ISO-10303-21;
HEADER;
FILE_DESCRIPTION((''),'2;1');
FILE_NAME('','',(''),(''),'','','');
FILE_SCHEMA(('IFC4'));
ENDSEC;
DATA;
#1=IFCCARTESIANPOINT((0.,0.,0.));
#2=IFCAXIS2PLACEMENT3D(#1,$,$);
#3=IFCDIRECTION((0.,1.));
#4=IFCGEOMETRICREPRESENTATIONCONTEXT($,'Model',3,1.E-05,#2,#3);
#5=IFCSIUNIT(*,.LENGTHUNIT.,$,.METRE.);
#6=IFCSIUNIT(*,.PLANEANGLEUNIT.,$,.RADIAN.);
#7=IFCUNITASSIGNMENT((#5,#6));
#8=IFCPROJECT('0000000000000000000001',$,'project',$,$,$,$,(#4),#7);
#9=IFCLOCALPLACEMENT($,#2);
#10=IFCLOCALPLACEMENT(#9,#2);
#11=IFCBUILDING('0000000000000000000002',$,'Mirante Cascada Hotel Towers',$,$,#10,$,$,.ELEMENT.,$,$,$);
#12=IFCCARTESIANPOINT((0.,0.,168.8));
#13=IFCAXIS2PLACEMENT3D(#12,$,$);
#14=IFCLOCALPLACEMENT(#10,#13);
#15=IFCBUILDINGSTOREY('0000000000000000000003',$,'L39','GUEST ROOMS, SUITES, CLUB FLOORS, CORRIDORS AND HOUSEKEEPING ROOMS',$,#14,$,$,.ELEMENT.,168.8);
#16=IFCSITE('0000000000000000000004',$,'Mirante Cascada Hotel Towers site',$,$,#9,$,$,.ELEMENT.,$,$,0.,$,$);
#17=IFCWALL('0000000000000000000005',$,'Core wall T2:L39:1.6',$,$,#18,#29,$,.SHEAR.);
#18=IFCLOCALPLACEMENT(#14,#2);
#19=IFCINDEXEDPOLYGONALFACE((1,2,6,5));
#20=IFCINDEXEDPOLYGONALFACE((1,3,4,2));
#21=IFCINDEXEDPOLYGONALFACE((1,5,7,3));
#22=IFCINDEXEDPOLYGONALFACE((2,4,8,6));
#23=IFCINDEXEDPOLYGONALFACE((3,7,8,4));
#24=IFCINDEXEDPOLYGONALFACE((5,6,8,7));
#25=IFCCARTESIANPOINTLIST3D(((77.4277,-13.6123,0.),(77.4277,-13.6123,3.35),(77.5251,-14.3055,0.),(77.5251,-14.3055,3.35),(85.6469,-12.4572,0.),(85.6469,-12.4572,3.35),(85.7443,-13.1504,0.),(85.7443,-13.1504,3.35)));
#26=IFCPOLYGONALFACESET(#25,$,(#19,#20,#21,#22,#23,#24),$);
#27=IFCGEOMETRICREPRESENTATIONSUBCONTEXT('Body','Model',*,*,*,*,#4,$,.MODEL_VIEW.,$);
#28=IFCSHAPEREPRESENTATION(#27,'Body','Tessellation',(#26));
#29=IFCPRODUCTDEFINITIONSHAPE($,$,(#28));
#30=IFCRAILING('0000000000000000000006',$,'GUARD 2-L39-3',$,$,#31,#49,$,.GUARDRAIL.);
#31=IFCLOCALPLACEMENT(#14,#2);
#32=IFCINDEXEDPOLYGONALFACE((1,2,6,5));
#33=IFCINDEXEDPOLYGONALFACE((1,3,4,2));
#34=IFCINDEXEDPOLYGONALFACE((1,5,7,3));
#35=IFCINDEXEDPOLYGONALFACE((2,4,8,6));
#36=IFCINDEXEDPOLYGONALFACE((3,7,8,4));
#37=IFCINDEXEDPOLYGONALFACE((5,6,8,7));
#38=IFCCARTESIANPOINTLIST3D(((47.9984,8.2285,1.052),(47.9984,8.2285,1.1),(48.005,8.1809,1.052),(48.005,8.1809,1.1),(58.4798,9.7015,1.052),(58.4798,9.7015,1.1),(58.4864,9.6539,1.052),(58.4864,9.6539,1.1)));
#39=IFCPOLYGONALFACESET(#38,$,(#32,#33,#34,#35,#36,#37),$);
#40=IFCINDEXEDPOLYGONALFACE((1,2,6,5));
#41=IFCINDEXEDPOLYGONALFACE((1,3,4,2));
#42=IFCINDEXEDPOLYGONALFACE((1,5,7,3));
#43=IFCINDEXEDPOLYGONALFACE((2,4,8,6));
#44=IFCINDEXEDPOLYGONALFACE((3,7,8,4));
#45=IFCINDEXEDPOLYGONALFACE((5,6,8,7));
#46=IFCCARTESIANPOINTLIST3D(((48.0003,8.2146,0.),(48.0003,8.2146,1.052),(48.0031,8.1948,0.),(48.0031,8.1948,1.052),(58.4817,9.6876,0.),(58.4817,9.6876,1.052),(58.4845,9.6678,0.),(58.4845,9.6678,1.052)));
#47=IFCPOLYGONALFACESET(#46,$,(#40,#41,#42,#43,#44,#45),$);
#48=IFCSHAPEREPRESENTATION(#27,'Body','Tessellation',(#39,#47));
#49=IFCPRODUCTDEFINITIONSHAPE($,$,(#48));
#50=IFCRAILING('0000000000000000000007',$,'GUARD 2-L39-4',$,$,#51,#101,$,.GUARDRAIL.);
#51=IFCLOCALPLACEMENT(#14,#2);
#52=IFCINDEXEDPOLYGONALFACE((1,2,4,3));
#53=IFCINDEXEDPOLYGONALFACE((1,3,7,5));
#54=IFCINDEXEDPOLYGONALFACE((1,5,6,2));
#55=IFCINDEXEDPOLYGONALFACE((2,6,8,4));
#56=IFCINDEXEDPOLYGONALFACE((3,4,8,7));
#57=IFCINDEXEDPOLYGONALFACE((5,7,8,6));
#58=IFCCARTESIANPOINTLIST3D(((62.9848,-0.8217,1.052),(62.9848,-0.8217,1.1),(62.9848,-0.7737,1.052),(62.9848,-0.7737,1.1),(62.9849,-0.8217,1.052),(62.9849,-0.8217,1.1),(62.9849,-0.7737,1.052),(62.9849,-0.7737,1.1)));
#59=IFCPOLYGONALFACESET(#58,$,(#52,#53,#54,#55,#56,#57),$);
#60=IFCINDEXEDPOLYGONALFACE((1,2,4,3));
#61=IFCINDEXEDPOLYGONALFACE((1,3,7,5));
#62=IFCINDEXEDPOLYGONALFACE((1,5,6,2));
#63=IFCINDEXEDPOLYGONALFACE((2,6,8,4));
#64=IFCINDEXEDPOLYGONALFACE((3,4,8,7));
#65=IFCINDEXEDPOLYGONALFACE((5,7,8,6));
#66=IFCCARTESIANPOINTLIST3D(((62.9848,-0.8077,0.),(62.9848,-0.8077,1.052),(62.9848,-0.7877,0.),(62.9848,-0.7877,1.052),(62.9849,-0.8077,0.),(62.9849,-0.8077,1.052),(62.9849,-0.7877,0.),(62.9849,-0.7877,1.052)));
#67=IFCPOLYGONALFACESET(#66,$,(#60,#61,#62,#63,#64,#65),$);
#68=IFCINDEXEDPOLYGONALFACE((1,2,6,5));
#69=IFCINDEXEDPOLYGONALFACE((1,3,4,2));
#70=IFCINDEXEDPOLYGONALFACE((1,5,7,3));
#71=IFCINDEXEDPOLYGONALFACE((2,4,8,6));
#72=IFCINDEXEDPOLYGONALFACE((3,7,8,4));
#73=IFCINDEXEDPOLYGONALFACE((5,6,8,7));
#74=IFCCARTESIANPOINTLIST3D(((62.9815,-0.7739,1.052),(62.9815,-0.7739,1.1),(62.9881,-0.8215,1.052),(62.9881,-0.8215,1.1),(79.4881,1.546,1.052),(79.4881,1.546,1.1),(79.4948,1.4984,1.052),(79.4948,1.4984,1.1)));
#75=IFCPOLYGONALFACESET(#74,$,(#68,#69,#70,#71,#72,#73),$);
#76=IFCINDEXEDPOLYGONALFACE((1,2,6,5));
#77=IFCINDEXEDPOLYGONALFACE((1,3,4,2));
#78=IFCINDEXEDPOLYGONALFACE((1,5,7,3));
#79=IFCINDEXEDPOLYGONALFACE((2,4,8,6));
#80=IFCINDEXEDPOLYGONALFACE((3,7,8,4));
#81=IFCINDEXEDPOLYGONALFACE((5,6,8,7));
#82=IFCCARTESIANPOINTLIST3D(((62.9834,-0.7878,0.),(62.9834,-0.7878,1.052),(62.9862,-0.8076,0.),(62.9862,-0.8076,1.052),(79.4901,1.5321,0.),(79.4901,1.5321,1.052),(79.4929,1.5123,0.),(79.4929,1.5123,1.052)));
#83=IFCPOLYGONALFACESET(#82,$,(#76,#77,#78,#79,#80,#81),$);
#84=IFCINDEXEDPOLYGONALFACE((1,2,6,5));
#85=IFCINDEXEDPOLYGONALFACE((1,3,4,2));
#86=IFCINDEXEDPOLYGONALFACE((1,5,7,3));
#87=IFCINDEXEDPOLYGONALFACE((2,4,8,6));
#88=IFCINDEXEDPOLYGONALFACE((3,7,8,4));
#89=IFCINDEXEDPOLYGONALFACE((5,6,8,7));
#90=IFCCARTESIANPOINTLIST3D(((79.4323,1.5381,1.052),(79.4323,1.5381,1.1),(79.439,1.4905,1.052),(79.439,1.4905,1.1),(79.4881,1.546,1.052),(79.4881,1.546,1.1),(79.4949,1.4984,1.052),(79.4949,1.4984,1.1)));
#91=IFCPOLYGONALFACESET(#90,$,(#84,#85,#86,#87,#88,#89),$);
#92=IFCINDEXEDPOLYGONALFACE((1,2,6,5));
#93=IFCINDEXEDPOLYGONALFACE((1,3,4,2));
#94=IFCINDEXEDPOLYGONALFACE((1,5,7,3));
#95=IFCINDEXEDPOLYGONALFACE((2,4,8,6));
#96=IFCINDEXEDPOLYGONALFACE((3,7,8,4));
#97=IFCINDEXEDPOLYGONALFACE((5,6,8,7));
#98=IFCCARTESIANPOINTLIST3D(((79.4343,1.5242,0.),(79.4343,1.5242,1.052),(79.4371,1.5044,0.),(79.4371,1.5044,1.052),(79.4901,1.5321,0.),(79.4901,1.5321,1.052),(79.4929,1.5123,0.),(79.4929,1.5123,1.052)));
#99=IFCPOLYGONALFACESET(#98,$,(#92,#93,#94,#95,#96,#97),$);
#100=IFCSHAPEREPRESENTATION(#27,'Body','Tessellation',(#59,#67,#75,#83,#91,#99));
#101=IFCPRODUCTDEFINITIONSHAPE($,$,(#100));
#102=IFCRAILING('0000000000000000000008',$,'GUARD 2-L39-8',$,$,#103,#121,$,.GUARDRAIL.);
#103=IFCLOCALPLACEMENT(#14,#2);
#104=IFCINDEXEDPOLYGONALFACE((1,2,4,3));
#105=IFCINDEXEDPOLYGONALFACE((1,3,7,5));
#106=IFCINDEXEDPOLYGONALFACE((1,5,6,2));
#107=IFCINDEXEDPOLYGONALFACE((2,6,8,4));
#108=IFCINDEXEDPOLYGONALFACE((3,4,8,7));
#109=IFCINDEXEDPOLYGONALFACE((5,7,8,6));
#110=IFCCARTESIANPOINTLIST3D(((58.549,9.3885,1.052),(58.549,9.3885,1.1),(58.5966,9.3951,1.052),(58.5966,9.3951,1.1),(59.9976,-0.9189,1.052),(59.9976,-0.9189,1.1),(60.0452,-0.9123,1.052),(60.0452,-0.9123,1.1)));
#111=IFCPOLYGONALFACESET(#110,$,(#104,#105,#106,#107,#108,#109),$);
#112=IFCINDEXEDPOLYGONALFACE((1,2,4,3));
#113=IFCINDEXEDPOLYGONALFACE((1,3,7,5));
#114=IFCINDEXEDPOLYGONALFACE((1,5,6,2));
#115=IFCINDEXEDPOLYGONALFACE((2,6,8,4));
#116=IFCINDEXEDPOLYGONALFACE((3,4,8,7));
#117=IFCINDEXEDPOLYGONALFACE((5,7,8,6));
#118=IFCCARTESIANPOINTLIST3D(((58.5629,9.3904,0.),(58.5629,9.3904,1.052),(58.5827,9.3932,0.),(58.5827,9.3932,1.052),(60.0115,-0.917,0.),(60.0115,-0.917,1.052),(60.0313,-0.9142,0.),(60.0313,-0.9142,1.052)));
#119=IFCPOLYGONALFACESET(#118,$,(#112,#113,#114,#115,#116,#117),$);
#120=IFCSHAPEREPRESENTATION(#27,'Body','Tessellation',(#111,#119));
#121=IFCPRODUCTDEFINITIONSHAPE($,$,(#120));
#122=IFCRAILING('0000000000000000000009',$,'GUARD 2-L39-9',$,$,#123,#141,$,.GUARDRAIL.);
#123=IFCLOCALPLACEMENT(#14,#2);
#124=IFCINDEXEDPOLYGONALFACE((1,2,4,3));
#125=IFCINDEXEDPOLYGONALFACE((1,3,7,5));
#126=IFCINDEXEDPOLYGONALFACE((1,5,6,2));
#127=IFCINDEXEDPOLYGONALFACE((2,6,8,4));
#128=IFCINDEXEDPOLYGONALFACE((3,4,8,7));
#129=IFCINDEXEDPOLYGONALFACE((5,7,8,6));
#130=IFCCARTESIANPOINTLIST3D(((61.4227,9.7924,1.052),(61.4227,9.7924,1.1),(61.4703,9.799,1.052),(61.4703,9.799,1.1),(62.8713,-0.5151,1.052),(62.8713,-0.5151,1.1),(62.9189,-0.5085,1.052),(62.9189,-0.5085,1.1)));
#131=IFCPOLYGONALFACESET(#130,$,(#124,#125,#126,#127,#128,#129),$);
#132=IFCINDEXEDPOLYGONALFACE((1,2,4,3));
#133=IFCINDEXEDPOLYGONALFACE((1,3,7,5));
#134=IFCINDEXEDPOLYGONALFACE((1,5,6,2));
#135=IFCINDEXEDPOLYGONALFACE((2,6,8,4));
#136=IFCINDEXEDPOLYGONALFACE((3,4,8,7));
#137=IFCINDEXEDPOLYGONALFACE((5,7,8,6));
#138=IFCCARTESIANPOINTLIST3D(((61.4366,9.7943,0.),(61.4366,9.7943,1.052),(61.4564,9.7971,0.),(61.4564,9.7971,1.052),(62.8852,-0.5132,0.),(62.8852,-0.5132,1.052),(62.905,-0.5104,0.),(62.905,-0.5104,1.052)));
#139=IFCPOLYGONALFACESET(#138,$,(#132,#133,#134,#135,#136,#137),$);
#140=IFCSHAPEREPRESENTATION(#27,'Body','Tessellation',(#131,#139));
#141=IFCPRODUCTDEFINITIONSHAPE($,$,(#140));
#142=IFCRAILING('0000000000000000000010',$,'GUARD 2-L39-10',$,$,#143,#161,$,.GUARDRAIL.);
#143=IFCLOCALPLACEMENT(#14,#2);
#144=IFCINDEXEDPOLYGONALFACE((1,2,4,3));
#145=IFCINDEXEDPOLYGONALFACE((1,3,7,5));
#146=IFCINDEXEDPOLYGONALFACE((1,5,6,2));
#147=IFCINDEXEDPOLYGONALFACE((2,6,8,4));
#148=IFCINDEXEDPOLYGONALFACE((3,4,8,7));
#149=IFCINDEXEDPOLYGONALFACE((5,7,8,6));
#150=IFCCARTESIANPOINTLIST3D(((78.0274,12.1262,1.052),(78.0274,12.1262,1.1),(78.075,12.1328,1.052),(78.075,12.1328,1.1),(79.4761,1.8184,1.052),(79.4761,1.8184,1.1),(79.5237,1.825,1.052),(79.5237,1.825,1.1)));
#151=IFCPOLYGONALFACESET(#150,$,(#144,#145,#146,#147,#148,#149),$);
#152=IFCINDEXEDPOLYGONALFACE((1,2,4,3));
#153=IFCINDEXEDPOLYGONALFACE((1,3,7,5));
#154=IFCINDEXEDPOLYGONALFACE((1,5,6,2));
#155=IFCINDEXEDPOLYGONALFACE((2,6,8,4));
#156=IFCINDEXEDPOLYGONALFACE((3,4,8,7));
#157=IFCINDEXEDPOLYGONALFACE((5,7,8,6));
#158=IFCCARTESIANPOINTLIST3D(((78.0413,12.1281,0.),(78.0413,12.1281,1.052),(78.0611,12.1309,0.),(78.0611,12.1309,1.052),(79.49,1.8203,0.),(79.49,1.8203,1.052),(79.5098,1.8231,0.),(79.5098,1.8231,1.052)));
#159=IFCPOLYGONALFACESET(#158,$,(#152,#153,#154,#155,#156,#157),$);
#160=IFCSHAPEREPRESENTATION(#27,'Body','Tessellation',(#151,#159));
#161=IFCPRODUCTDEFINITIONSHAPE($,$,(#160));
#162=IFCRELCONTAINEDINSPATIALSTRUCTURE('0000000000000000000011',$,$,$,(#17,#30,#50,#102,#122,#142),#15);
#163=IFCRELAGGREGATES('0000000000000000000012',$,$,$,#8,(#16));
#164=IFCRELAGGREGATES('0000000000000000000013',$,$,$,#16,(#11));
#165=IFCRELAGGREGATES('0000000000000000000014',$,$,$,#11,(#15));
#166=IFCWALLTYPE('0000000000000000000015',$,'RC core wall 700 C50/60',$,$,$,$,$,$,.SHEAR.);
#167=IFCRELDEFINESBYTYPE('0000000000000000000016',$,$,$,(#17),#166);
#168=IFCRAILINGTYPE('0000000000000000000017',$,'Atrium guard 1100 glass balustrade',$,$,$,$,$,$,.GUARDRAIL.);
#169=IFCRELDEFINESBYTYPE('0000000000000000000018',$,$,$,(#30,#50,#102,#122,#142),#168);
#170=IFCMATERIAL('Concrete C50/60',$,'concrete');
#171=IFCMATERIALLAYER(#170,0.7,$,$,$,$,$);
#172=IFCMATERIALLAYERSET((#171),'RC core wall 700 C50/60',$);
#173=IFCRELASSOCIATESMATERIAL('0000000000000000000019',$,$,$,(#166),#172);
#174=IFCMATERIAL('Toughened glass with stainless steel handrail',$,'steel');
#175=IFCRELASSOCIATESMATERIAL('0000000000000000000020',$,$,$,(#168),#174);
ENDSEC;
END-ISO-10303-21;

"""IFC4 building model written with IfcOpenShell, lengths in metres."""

from ifc_helpers import new_model, si_unit, direction, frame, frame_2d, origin, origin_2d, place, context, subcontext, project, spatial, rectangle, extrude, material, layer, layer_set, type_object, element, save


model = new_model("IFC4")

# Units and contexts
model_context = context("Model", 3, precision=1e-05, world=origin(), true_north=direction((0.0, 1.0)))
body_context = subcontext(model_context, "Body", "Model", "MODEL_VIEW")
ifc_project = project(units=[si_unit("LENGTHUNIT", "METRE"), si_unit("PLANEANGLEUNIT", "RADIAN")], contexts=[model_context])

# Site, building, storey
site_placement = place(None, origin())
site = spatial("IfcSite", under=ifc_project, at=site_placement, Name="Mirante Cascada Hotel Towers site", CompositionType="ELEMENT", RefElevation=0.0)
building_placement = place(site_placement, origin())
building = spatial("IfcBuilding", under=site, at=building_placement, Name="Mirante Cascada Hotel Towers", CompositionType="ELEMENT")
storey_placement = place(building_placement, frame((0.0, 0.0, 168.8)))
storey = spatial("IfcBuildingStorey", under=building, at=storey_placement, Name="L39", Description="GUEST ROOMS, SUITES, CLUB FLOORS, CORRIDORS AND HOUSEKEEPING ROOMS", CompositionType="ELEMENT", Elevation=168.8)

# Wall
ifc_material_1 = material(Name="Concrete C50/60", Category="concrete")
ifc_layer_1 = layer(ifc_material_1, 0.7)
ifc_layer_set_1 = layer_set([ifc_layer_1], Name="RC core wall 700 C50/60")
wall_type_1 = type_object("IfcWallType", Name="RC core wall 700 C50/60", PredefinedType="SHEAR", material=ifc_layer_set_1)
for number, where, z_axis, x_axis, name in (
    (1, (77.4764, -13.9589, 0.0), (0.0, 0.0, 1.0), (0.990269, 0.139169, 0.0), "Core wall T2:L39:1.6"),
):
    element("IfcWall", number, at=place(storey_placement, frame(where, z_axis=z_axis, x_axis=x_axis)), inside=storey, type_object=wall_type_1, Name=name, PredefinedType="SHEAR", context=body_context, shape_type="SweptSolid", body=[
        extrude(rectangle(XDim=8.3, YDim=0.7, at=frame_2d((4.15, 0.0))), origin(), (0.0, 0.0, 1.0), 3.35),
    ])

# Railings
ifc_material_2 = material(Name="Toughened glass with stainless steel handrail", Category="steel")
railing_type = type_object("IfcRailingType", Name="Atrium guard 1100 glass balustrade", PredefinedType="GUARDRAIL", material=ifc_material_2)
railing_1_placement = place(storey_placement, frame((58.4831, 9.6777, 0.0)))
element("IfcRailing", 2, at=railing_1_placement, inside=storey, type_object=railing_type, Name="GUARD 2-L39-3", PredefinedType="GUARDRAIL", context=body_context, shape_type="SweptSolid", body=[
    extrude(rectangle(XDim=0.048, YDim=0.048, at=origin_2d()), frame((0.0, 0.0, 1.076), z_axis=(-0.990269, -0.139167, 0.0), x_axis=(0.139167, -0.990269, 0.0)), (0.0, 0.0, 1.0), 10.5844),
    extrude(rectangle(XDim=0.02, YDim=1.052, at=origin_2d()), frame((0.0, 0.0, 0.526), z_axis=(-0.990269, -0.139167, 0.0), x_axis=(0.139167, -0.990269, 0.0)), (0.0, 0.0, 1.0), 10.5844),
])
railing_2_placement = place(storey_placement, frame((62.9849, -0.7977, 0.0)))
element("IfcRailing", 3, at=railing_2_placement, inside=storey, type_object=railing_type, Name="GUARD 2-L39-4", PredefinedType="GUARDRAIL", context=body_context, shape_type="SweptSolid", body=[
    extrude(rectangle(XDim=0.048, YDim=0.048, at=origin_2d()), frame((0.0, 0.0, 1.076), z_axis=(-1.0, 0.0, 0.0), x_axis=(0.0, -1.0, 0.0)), (0.0, 0.0, 1.0), 0.0001),
    extrude(rectangle(XDim=0.02, YDim=1.052, at=origin_2d()), frame((0.0, 0.0, 0.526), z_axis=(-1.0, 0.0, 0.0), x_axis=(0.0, -1.0, 0.0)), (0.0, 0.0, 1.0), 0.0001),
    extrude(rectangle(XDim=0.048, YDim=0.048, at=origin_2d()), frame((-0.0001, 0.0, 1.076), z_axis=(0.990268, 0.139175, 0.0), x_axis=(-0.139175, 0.990268, 0.0)), (0.0, 0.0, 1.0), 16.6689),
    extrude(rectangle(XDim=0.02, YDim=1.052, at=origin_2d()), frame((-0.0001, 0.0, 0.526), z_axis=(0.990268, 0.139175, 0.0), x_axis=(-0.139175, 0.990268, 0.0)), (0.0, 0.0, 1.0), 16.6689),
    extrude(rectangle(XDim=0.048, YDim=0.048, at=origin_2d()), frame((16.5066, 2.3199, 1.076), z_axis=(-0.990126, -0.140179, 0.0), x_axis=(0.140179, -0.990126, 0.0)), (0.0, 0.0, 1.0), 0.0564),
    extrude(rectangle(XDim=0.02, YDim=1.052, at=origin_2d()), frame((16.5066, 2.3199, 0.526), z_axis=(-0.990126, -0.140179, 0.0), x_axis=(0.140179, -0.990126, 0.0)), (0.0, 0.0, 1.0), 0.0564),
])
railing_3_placement = place(storey_placement, frame((60.0214, -0.9156, 0.0)))
element("IfcRailing", 4, at=railing_3_placement, inside=storey, type_object=railing_type, Name="GUARD 2-L39-8", PredefinedType="GUARDRAIL", context=body_context, shape_type="SweptSolid", body=[
    extrude(rectangle(XDim=0.048, YDim=0.048, at=origin_2d()), frame((0.0, 0.0, 1.076), z_axis=(-0.139172, 0.990268, 0.0), x_axis=(-0.990268, -0.139172, 0.0)), (0.0, 0.0, 1.0), 10.4087),
    extrude(rectangle(XDim=0.02, YDim=1.052, at=origin_2d()), frame((0.0, 0.0, 0.526), z_axis=(-0.139172, 0.990268, 0.0), x_axis=(-0.990268, -0.139172, 0.0)), (0.0, 0.0, 1.0), 10.4087),
])
railing_4_placement = place(storey_placement, frame((61.4465, 9.7957, 0.0)))
element("IfcRailing", 5, at=railing_4_placement, inside=storey, type_object=railing_type, Name="GUARD 2-L39-9", PredefinedType="GUARDRAIL", context=body_context, shape_type="SweptSolid", body=[
    extrude(rectangle(XDim=0.048, YDim=0.048, at=origin_2d()), frame((0.0, 0.0, 1.076), z_axis=(0.139171, -0.990268, 0.0), x_axis=(0.990268, 0.139171, 0.0)), (0.0, 0.0, 1.0), 10.4088),
    extrude(rectangle(XDim=0.02, YDim=1.052, at=origin_2d()), frame((0.0, 0.0, 0.526), z_axis=(0.139171, -0.990268, 0.0), x_axis=(0.990268, 0.139171, 0.0)), (0.0, 0.0, 1.0), 10.4088),
])
railing_5_placement = place(storey_placement, frame((79.4999, 1.8217, 0.0)))
element("IfcRailing", 6, at=railing_5_placement, inside=storey, type_object=railing_type, Name="GUARD 2-L39-10", PredefinedType="GUARDRAIL", context=body_context, shape_type="SweptSolid", body=[
    extrude(rectangle(XDim=0.048, YDim=0.048, at=origin_2d()), frame((0.0, 0.0, 1.076), z_axis=(-0.139176, 0.990268, 0.0), x_axis=(-0.990268, -0.139176, 0.0)), (0.0, 0.0, 1.0), 10.4091),
    extrude(rectangle(XDim=0.02, YDim=1.052, at=origin_2d()), frame((0.0, 0.0, 0.526), z_axis=(-0.139176, 0.990268, 0.0), x_axis=(-0.990268, -0.139176, 0.0)), (0.0, 0.0, 1.0), 10.4091),
])

save(model, "model.ifc")
